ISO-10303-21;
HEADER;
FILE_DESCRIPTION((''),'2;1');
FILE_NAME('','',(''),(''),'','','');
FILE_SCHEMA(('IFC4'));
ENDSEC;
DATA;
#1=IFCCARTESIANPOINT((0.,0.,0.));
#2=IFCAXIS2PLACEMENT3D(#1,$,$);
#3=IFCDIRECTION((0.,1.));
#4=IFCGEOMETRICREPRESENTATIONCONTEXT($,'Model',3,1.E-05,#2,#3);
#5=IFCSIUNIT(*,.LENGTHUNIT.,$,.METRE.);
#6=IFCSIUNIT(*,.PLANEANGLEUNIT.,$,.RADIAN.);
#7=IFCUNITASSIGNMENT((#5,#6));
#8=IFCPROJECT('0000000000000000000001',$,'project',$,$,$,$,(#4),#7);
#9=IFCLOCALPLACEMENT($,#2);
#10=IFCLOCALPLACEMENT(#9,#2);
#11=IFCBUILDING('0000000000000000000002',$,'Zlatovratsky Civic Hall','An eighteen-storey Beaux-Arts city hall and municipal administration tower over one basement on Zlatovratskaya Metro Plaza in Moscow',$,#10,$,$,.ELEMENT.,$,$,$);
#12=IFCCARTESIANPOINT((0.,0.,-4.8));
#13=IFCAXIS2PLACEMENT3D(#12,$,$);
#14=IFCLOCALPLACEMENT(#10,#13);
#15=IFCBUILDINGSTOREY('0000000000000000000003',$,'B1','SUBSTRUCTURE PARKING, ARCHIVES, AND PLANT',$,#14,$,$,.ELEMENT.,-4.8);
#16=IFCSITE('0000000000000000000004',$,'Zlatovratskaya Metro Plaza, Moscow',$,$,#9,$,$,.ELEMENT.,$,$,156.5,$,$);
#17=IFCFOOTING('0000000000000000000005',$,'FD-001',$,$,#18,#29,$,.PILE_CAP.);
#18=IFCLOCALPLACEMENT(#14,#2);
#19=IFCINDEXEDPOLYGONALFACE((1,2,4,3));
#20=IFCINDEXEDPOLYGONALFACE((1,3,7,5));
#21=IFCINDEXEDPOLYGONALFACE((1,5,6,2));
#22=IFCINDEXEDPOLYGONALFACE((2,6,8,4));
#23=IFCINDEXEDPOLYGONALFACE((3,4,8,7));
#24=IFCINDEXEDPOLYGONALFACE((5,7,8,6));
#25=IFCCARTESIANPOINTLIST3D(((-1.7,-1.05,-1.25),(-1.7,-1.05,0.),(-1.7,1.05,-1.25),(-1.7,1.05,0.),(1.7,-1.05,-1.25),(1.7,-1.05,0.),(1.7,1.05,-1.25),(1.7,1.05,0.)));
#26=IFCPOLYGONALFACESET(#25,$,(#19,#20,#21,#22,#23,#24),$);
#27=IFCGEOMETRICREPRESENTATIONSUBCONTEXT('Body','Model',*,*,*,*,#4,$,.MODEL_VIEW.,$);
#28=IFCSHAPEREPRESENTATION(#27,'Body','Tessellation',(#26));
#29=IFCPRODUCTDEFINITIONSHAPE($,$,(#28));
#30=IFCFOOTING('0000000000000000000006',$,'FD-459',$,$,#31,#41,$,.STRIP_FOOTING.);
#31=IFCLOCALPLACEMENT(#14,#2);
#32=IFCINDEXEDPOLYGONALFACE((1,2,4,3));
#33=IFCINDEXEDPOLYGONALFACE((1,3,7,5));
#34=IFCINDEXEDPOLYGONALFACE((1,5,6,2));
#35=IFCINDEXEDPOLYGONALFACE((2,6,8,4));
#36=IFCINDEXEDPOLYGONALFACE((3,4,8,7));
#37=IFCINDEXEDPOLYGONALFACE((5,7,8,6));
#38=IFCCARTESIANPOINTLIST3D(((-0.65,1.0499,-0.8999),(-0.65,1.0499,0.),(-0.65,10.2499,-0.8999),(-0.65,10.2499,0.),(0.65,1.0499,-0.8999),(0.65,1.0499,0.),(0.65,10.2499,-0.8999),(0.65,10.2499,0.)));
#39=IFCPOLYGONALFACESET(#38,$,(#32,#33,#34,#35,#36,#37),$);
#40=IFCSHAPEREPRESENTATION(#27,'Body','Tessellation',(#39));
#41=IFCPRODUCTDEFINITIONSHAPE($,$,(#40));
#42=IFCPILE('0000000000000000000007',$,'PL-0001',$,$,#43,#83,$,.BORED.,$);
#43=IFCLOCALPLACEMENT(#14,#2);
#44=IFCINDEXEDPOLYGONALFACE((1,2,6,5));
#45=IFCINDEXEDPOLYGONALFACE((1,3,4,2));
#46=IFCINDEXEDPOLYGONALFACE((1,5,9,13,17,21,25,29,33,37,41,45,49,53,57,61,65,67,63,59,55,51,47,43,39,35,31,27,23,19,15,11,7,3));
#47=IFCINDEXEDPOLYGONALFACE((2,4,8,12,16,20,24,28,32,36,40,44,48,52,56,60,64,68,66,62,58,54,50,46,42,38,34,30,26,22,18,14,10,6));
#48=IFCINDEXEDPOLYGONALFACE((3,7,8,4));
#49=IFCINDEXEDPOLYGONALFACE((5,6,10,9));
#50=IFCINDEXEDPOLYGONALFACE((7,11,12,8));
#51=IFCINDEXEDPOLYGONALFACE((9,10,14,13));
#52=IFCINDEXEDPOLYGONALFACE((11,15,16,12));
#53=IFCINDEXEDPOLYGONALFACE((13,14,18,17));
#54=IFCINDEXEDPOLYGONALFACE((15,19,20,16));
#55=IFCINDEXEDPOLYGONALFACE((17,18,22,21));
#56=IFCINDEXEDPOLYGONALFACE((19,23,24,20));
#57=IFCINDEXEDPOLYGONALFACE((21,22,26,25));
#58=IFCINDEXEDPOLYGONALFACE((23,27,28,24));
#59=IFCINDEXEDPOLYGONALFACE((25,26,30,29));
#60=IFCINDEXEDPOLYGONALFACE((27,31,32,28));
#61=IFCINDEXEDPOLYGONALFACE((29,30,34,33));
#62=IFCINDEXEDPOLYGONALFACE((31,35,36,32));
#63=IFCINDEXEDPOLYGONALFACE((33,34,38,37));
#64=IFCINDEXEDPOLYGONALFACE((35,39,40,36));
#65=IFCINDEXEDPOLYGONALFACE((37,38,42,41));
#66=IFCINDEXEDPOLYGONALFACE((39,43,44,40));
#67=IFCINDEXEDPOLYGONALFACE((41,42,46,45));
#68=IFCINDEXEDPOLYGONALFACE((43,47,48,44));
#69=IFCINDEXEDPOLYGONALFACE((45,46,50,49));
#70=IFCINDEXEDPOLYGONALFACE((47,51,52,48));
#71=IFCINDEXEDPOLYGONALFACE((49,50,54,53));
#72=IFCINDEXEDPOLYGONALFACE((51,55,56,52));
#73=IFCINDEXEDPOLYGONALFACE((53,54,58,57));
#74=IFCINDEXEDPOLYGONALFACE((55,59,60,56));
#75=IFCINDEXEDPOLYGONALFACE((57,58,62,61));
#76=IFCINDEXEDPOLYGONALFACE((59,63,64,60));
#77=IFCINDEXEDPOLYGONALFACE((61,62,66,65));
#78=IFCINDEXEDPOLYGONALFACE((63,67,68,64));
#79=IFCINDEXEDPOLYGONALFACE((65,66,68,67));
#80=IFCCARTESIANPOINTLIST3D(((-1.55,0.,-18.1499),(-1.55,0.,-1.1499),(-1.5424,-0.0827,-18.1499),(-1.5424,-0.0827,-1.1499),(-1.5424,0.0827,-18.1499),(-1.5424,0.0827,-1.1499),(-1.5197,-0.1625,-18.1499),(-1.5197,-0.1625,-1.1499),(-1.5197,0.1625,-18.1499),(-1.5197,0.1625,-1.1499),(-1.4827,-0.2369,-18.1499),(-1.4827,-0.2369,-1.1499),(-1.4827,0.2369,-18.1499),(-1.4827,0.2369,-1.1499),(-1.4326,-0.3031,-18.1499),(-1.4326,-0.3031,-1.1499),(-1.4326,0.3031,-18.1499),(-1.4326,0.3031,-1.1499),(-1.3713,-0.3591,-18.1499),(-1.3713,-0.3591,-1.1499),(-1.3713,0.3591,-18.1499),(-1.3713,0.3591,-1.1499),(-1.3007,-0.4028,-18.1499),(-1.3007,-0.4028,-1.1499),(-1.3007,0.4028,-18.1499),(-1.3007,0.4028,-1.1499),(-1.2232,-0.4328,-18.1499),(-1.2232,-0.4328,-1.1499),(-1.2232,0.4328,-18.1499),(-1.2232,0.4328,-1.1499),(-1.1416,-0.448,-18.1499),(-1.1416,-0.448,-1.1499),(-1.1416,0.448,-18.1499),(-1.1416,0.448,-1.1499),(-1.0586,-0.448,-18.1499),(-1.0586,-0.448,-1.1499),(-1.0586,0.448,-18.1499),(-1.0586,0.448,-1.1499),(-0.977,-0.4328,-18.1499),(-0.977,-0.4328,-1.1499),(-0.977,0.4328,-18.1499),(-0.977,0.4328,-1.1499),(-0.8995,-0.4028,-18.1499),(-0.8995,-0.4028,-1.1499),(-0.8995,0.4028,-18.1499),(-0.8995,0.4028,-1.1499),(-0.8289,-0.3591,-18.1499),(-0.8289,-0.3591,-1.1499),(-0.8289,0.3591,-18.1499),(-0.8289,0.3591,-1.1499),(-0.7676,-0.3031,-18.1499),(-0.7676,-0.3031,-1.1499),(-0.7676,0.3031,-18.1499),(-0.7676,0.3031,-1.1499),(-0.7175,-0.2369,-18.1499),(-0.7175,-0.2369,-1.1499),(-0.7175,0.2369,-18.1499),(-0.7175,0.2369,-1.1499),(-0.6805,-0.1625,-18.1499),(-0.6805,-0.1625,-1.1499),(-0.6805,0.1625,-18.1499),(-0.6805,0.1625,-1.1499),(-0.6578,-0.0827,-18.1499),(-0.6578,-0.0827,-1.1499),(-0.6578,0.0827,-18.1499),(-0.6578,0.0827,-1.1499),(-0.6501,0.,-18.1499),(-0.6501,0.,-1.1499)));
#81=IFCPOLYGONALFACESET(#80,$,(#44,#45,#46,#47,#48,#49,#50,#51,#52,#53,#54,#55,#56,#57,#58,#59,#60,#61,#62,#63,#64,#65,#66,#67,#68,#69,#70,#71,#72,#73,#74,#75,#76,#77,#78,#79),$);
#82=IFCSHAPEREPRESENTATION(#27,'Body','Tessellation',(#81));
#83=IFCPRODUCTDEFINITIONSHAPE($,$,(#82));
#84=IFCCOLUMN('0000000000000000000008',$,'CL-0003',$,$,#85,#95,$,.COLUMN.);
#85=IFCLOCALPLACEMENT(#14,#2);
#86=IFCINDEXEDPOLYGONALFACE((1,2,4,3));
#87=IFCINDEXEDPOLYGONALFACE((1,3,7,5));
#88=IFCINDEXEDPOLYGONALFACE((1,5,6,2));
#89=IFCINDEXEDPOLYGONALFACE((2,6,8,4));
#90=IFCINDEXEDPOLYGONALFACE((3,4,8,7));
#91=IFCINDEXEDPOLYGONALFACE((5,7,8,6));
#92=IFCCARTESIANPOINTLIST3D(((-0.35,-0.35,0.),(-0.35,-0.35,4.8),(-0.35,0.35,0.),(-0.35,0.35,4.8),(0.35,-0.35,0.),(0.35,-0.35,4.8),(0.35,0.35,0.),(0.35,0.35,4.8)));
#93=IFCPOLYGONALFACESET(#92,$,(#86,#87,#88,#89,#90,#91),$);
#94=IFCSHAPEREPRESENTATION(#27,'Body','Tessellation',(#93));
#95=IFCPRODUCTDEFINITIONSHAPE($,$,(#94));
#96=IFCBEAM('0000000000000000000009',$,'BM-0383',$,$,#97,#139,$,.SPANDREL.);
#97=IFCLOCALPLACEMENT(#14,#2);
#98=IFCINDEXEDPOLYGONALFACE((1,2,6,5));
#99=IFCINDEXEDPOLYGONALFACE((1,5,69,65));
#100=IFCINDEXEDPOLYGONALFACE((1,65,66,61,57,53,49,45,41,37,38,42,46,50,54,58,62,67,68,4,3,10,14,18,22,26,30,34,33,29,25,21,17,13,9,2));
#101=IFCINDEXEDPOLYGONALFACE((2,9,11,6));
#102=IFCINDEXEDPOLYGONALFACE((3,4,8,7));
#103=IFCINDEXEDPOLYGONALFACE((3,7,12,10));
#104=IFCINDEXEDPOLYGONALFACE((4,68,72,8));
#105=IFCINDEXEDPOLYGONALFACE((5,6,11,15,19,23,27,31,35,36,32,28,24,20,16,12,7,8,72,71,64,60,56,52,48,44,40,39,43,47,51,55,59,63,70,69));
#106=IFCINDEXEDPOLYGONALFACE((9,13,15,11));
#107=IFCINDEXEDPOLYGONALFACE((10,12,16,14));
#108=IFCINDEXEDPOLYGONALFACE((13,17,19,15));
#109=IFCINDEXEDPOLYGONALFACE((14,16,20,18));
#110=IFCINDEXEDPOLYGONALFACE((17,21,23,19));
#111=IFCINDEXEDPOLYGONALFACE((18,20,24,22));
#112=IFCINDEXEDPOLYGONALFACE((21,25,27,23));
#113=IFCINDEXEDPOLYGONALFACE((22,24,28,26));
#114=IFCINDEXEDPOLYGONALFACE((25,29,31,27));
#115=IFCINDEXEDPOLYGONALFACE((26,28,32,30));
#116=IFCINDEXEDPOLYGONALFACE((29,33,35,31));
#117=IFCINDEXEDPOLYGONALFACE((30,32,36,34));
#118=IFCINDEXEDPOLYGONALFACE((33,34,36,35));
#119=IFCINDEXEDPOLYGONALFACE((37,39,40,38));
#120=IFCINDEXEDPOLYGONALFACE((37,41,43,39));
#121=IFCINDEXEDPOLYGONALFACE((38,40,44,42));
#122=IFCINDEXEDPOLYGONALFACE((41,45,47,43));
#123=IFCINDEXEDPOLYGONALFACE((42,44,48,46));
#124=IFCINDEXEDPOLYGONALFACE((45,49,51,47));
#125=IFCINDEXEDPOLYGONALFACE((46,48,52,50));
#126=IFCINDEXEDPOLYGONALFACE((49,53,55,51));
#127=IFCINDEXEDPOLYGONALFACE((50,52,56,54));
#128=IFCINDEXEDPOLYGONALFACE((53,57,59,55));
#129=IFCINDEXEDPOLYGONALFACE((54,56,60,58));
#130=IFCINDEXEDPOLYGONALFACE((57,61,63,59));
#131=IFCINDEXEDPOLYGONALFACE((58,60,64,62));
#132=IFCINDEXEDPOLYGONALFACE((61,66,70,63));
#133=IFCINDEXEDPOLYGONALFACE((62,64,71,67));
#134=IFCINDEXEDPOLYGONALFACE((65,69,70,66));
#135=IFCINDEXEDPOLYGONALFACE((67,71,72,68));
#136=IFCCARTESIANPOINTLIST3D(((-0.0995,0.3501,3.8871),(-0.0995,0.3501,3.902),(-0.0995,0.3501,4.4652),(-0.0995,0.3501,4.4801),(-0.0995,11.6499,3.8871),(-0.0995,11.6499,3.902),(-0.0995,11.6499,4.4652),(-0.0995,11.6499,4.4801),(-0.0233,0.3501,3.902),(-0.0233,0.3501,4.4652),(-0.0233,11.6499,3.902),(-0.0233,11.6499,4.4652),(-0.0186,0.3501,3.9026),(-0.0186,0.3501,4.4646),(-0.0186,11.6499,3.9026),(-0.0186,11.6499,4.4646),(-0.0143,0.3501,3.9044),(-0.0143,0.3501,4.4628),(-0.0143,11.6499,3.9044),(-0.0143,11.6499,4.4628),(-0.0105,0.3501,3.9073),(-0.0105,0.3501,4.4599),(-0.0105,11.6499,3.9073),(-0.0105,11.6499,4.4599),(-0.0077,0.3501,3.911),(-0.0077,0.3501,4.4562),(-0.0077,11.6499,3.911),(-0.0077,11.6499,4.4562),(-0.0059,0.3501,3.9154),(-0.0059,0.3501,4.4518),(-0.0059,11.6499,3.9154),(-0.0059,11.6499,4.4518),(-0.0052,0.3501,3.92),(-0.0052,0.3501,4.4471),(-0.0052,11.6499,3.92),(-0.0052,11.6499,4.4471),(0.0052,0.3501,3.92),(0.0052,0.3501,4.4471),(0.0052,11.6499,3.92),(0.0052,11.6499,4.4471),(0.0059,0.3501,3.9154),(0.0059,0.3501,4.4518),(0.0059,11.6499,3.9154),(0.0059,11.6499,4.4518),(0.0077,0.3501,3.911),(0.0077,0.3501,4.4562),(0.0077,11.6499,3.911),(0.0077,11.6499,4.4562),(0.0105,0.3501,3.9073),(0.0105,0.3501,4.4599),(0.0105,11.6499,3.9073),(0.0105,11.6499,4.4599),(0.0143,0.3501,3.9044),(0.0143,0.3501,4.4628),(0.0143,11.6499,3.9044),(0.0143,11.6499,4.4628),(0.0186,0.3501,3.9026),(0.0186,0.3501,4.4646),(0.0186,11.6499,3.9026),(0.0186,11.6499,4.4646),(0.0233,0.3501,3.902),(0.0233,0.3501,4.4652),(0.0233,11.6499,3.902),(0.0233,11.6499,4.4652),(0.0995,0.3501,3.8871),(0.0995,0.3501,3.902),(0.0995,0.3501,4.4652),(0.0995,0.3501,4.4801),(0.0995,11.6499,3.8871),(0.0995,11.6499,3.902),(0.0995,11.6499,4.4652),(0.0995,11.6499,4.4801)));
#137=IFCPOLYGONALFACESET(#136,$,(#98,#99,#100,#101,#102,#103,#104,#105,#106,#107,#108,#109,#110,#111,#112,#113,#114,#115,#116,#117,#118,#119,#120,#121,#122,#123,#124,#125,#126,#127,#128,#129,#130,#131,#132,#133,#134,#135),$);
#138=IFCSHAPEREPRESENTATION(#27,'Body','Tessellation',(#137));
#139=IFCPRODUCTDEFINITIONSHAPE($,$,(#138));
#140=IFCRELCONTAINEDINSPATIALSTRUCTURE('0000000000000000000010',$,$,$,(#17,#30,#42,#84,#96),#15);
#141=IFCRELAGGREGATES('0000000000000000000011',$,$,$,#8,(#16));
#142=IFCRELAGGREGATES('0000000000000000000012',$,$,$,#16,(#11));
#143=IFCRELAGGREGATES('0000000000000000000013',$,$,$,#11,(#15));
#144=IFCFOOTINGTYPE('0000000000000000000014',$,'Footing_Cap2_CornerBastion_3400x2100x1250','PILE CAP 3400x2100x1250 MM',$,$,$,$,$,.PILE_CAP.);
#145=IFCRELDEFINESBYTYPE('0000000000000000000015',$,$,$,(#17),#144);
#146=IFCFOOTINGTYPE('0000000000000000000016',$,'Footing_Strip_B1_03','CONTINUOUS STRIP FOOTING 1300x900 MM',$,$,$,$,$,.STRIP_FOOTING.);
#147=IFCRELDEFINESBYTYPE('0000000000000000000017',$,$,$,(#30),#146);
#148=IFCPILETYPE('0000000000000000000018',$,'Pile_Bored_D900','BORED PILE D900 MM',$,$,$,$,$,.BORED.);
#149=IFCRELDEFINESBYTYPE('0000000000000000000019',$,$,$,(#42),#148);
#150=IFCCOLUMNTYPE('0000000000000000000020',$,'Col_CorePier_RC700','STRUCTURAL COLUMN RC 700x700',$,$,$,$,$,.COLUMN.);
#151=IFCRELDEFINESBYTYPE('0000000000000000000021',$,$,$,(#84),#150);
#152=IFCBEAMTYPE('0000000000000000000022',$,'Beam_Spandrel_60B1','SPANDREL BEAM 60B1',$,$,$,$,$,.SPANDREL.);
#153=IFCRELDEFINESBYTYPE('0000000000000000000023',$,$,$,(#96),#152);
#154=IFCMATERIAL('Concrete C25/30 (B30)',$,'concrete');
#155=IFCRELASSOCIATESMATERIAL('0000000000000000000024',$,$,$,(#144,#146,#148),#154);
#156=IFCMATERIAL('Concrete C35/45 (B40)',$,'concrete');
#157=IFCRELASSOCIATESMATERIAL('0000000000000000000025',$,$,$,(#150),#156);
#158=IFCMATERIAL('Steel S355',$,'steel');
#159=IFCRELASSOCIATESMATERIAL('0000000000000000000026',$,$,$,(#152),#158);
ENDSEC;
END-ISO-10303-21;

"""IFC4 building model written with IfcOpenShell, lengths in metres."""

from ifc_helpers import new_model, si_unit, direction, frame, origin, origin_with_axes, origin_2d, place, context, subcontext, project, spatial, rectangle, circle, i_section, extrude, material, material_profile, profile_set, type_object, element, save


model = new_model("IFC4")

# Units and contexts
model_context = context("Model", 3, precision=1e-05, world=origin(), true_north=direction((0.0, 1.0)))
body_context = subcontext(model_context, "Body", "Model", "MODEL_VIEW")
ifc_project = project(units=[si_unit("LENGTHUNIT", "METRE"), si_unit("PLANEANGLEUNIT", "RADIAN")], contexts=[model_context])

# Site, building, storey
site_placement = place(None, origin())
site = spatial("IfcSite", under=ifc_project, at=site_placement, Name="Zlatovratskaya Metro Plaza, Moscow", CompositionType="ELEMENT", RefElevation=156.5)
building_placement = place(site_placement, origin())
building = spatial("IfcBuilding", under=site, at=building_placement, Name="Zlatovratsky Civic Hall", Description="An eighteen-storey Beaux-Arts city hall and municipal administration tower over one basement on Zlatovratskaya Metro Plaza in Moscow", CompositionType="ELEMENT")
storey_placement = place(building_placement, frame((0.0, 0.0, -4.8)))
storey = spatial("IfcBuildingStorey", under=building, at=storey_placement, Name="B1", Description="SUBSTRUCTURE PARKING, ARCHIVES, AND PLANT", CompositionType="ELEMENT", Elevation=-4.8)

# Footings
ifc_material_1 = material(Name="Concrete C25/30 (B30)", Category="concrete")
footing_type_1 = type_object("IfcFootingType", Name="Footing_Cap2_CornerBastion_3400x2100x1250", Description="PILE CAP 3400x2100x1250 MM", PredefinedType="PILE_CAP", material=ifc_material_1)
footing_1_placement = place(storey_placement, frame((0.0, 0.0, -1.25), z_axis=(0.0, 0.0, 1.0), x_axis=(1.0, 0.0, 0.0)))
element("IfcFooting", 1, at=footing_1_placement, inside=storey, type_object=footing_type_1, Name="FD-001", PredefinedType="PILE_CAP", context=body_context, shape_type="SweptSolid", body=[
    extrude(rectangle(XDim=3.3999, YDim=2.1001, at=origin_2d()), origin(), (0.0, 0.0, 1.0), 1.25),
])
footing_type_2 = type_object("IfcFootingType", Name="Footing_Strip_B1_03", Description="CONTINUOUS STRIP FOOTING 1300x900 MM", PredefinedType="STRIP_FOOTING", material=ifc_material_1)
footing_2_placement = place(storey_placement, frame((0.0, 5.6499, -0.8999), z_axis=(0.0, 0.0, 1.0), x_axis=(1.0, 0.0, 0.0)))
element("IfcFooting", 2, at=footing_2_placement, inside=storey, type_object=footing_type_2, Name="FD-459", PredefinedType="STRIP_FOOTING", context=body_context, shape_type="SweptSolid", body=[
    extrude(rectangle(XDim=1.3, YDim=9.2, at=origin_2d()), origin(), (0.0, 0.0, 1.0), 0.8999),
])

# Pile
ifc_material_profile_1 = material_profile(ifc_material_1, circle(Radius=0.45, at=origin_2d()), Name="PILE D900")
ifc_profile_set_1 = profile_set([ifc_material_profile_1], Name="Concrete C25/30 (B30)")
pile_type = type_object("IfcPileType", Name="Pile_Bored_D900", Description="BORED PILE D900 MM", PredefinedType="BORED", material=ifc_profile_set_1)
pile_placement = place(storey_placement, frame((-1.1001, 0.0, -1.1499), z_axis=(0.0, 0.0, -1.0), x_axis=(1.0, 0.0, 0.0)))
element("IfcPile", 3, at=pile_placement, inside=storey, type_object=pile_type, Name="PL-0001", PredefinedType="BORED", context=body_context, shape_type="SweptSolid", body=[
    extrude(circle(Radius=0.45, at=origin_2d()), origin(), (0.0, 0.0, 1.0), 17.0),
])

# Column
ifc_material_2 = material(Name="Concrete C35/45 (B40)", Category="concrete")
ifc_material_profile_2 = material_profile(ifc_material_2, rectangle(XDim=0.7, YDim=0.7, at=origin_2d()), Name="RC 700x700")
ifc_profile_set_2 = profile_set([ifc_material_profile_2], Name="Concrete C35/45 (B40)")
column_type = type_object("IfcColumnType", Name="Col_CorePier_RC700", Description="STRUCTURAL COLUMN RC 700x700", PredefinedType="COLUMN", material=ifc_profile_set_2)
column_placement = place(storey_placement, origin_with_axes())
element("IfcColumn", 4, at=column_placement, inside=storey, type_object=column_type, Name="CL-0003", PredefinedType="COLUMN", context=body_context, shape_type="SweptSolid", body=[
    extrude(rectangle(XDim=0.7, YDim=0.7, at=origin_2d()), origin(), (0.0, 0.0, 1.0), 4.8),
])

# Beam
ifc_material_3 = material(Name="Steel S355", Category="steel")
ifc_material_profile_3 = material_profile(ifc_material_3, i_section(OverallWidth=0.199, OverallDepth=0.593, WebThickness=0.0105, FlangeThickness=0.0149, FilletRadius=0.0181, at=origin_2d()), Name="60B1")
ifc_profile_set_3 = profile_set([ifc_material_profile_3], Name="Steel S355")
beam_type = type_object("IfcBeamType", Name="Beam_Spandrel_60B1", Description="SPANDREL BEAM 60B1", PredefinedType="SPANDREL", material=ifc_profile_set_3)
beam_placement = place(storey_placement, frame((0.0, 0.3501, 4.1836), z_axis=(0.0, 1.0, 0.0), x_axis=(-1.0, 0.0, 0.0)))
element("IfcBeam", 5, at=beam_placement, inside=storey, type_object=beam_type, Name="BM-0383", PredefinedType="SPANDREL", context=body_context, shape_type="SweptSolid", body=[
    extrude(i_section(OverallWidth=0.199, OverallDepth=0.593, WebThickness=0.0105, FlangeThickness=0.0149, FilletRadius=0.0181, at=origin_2d()), origin(), (0.0, 0.0, 1.0), 11.2998),
])

save(model, "model.ifc")
